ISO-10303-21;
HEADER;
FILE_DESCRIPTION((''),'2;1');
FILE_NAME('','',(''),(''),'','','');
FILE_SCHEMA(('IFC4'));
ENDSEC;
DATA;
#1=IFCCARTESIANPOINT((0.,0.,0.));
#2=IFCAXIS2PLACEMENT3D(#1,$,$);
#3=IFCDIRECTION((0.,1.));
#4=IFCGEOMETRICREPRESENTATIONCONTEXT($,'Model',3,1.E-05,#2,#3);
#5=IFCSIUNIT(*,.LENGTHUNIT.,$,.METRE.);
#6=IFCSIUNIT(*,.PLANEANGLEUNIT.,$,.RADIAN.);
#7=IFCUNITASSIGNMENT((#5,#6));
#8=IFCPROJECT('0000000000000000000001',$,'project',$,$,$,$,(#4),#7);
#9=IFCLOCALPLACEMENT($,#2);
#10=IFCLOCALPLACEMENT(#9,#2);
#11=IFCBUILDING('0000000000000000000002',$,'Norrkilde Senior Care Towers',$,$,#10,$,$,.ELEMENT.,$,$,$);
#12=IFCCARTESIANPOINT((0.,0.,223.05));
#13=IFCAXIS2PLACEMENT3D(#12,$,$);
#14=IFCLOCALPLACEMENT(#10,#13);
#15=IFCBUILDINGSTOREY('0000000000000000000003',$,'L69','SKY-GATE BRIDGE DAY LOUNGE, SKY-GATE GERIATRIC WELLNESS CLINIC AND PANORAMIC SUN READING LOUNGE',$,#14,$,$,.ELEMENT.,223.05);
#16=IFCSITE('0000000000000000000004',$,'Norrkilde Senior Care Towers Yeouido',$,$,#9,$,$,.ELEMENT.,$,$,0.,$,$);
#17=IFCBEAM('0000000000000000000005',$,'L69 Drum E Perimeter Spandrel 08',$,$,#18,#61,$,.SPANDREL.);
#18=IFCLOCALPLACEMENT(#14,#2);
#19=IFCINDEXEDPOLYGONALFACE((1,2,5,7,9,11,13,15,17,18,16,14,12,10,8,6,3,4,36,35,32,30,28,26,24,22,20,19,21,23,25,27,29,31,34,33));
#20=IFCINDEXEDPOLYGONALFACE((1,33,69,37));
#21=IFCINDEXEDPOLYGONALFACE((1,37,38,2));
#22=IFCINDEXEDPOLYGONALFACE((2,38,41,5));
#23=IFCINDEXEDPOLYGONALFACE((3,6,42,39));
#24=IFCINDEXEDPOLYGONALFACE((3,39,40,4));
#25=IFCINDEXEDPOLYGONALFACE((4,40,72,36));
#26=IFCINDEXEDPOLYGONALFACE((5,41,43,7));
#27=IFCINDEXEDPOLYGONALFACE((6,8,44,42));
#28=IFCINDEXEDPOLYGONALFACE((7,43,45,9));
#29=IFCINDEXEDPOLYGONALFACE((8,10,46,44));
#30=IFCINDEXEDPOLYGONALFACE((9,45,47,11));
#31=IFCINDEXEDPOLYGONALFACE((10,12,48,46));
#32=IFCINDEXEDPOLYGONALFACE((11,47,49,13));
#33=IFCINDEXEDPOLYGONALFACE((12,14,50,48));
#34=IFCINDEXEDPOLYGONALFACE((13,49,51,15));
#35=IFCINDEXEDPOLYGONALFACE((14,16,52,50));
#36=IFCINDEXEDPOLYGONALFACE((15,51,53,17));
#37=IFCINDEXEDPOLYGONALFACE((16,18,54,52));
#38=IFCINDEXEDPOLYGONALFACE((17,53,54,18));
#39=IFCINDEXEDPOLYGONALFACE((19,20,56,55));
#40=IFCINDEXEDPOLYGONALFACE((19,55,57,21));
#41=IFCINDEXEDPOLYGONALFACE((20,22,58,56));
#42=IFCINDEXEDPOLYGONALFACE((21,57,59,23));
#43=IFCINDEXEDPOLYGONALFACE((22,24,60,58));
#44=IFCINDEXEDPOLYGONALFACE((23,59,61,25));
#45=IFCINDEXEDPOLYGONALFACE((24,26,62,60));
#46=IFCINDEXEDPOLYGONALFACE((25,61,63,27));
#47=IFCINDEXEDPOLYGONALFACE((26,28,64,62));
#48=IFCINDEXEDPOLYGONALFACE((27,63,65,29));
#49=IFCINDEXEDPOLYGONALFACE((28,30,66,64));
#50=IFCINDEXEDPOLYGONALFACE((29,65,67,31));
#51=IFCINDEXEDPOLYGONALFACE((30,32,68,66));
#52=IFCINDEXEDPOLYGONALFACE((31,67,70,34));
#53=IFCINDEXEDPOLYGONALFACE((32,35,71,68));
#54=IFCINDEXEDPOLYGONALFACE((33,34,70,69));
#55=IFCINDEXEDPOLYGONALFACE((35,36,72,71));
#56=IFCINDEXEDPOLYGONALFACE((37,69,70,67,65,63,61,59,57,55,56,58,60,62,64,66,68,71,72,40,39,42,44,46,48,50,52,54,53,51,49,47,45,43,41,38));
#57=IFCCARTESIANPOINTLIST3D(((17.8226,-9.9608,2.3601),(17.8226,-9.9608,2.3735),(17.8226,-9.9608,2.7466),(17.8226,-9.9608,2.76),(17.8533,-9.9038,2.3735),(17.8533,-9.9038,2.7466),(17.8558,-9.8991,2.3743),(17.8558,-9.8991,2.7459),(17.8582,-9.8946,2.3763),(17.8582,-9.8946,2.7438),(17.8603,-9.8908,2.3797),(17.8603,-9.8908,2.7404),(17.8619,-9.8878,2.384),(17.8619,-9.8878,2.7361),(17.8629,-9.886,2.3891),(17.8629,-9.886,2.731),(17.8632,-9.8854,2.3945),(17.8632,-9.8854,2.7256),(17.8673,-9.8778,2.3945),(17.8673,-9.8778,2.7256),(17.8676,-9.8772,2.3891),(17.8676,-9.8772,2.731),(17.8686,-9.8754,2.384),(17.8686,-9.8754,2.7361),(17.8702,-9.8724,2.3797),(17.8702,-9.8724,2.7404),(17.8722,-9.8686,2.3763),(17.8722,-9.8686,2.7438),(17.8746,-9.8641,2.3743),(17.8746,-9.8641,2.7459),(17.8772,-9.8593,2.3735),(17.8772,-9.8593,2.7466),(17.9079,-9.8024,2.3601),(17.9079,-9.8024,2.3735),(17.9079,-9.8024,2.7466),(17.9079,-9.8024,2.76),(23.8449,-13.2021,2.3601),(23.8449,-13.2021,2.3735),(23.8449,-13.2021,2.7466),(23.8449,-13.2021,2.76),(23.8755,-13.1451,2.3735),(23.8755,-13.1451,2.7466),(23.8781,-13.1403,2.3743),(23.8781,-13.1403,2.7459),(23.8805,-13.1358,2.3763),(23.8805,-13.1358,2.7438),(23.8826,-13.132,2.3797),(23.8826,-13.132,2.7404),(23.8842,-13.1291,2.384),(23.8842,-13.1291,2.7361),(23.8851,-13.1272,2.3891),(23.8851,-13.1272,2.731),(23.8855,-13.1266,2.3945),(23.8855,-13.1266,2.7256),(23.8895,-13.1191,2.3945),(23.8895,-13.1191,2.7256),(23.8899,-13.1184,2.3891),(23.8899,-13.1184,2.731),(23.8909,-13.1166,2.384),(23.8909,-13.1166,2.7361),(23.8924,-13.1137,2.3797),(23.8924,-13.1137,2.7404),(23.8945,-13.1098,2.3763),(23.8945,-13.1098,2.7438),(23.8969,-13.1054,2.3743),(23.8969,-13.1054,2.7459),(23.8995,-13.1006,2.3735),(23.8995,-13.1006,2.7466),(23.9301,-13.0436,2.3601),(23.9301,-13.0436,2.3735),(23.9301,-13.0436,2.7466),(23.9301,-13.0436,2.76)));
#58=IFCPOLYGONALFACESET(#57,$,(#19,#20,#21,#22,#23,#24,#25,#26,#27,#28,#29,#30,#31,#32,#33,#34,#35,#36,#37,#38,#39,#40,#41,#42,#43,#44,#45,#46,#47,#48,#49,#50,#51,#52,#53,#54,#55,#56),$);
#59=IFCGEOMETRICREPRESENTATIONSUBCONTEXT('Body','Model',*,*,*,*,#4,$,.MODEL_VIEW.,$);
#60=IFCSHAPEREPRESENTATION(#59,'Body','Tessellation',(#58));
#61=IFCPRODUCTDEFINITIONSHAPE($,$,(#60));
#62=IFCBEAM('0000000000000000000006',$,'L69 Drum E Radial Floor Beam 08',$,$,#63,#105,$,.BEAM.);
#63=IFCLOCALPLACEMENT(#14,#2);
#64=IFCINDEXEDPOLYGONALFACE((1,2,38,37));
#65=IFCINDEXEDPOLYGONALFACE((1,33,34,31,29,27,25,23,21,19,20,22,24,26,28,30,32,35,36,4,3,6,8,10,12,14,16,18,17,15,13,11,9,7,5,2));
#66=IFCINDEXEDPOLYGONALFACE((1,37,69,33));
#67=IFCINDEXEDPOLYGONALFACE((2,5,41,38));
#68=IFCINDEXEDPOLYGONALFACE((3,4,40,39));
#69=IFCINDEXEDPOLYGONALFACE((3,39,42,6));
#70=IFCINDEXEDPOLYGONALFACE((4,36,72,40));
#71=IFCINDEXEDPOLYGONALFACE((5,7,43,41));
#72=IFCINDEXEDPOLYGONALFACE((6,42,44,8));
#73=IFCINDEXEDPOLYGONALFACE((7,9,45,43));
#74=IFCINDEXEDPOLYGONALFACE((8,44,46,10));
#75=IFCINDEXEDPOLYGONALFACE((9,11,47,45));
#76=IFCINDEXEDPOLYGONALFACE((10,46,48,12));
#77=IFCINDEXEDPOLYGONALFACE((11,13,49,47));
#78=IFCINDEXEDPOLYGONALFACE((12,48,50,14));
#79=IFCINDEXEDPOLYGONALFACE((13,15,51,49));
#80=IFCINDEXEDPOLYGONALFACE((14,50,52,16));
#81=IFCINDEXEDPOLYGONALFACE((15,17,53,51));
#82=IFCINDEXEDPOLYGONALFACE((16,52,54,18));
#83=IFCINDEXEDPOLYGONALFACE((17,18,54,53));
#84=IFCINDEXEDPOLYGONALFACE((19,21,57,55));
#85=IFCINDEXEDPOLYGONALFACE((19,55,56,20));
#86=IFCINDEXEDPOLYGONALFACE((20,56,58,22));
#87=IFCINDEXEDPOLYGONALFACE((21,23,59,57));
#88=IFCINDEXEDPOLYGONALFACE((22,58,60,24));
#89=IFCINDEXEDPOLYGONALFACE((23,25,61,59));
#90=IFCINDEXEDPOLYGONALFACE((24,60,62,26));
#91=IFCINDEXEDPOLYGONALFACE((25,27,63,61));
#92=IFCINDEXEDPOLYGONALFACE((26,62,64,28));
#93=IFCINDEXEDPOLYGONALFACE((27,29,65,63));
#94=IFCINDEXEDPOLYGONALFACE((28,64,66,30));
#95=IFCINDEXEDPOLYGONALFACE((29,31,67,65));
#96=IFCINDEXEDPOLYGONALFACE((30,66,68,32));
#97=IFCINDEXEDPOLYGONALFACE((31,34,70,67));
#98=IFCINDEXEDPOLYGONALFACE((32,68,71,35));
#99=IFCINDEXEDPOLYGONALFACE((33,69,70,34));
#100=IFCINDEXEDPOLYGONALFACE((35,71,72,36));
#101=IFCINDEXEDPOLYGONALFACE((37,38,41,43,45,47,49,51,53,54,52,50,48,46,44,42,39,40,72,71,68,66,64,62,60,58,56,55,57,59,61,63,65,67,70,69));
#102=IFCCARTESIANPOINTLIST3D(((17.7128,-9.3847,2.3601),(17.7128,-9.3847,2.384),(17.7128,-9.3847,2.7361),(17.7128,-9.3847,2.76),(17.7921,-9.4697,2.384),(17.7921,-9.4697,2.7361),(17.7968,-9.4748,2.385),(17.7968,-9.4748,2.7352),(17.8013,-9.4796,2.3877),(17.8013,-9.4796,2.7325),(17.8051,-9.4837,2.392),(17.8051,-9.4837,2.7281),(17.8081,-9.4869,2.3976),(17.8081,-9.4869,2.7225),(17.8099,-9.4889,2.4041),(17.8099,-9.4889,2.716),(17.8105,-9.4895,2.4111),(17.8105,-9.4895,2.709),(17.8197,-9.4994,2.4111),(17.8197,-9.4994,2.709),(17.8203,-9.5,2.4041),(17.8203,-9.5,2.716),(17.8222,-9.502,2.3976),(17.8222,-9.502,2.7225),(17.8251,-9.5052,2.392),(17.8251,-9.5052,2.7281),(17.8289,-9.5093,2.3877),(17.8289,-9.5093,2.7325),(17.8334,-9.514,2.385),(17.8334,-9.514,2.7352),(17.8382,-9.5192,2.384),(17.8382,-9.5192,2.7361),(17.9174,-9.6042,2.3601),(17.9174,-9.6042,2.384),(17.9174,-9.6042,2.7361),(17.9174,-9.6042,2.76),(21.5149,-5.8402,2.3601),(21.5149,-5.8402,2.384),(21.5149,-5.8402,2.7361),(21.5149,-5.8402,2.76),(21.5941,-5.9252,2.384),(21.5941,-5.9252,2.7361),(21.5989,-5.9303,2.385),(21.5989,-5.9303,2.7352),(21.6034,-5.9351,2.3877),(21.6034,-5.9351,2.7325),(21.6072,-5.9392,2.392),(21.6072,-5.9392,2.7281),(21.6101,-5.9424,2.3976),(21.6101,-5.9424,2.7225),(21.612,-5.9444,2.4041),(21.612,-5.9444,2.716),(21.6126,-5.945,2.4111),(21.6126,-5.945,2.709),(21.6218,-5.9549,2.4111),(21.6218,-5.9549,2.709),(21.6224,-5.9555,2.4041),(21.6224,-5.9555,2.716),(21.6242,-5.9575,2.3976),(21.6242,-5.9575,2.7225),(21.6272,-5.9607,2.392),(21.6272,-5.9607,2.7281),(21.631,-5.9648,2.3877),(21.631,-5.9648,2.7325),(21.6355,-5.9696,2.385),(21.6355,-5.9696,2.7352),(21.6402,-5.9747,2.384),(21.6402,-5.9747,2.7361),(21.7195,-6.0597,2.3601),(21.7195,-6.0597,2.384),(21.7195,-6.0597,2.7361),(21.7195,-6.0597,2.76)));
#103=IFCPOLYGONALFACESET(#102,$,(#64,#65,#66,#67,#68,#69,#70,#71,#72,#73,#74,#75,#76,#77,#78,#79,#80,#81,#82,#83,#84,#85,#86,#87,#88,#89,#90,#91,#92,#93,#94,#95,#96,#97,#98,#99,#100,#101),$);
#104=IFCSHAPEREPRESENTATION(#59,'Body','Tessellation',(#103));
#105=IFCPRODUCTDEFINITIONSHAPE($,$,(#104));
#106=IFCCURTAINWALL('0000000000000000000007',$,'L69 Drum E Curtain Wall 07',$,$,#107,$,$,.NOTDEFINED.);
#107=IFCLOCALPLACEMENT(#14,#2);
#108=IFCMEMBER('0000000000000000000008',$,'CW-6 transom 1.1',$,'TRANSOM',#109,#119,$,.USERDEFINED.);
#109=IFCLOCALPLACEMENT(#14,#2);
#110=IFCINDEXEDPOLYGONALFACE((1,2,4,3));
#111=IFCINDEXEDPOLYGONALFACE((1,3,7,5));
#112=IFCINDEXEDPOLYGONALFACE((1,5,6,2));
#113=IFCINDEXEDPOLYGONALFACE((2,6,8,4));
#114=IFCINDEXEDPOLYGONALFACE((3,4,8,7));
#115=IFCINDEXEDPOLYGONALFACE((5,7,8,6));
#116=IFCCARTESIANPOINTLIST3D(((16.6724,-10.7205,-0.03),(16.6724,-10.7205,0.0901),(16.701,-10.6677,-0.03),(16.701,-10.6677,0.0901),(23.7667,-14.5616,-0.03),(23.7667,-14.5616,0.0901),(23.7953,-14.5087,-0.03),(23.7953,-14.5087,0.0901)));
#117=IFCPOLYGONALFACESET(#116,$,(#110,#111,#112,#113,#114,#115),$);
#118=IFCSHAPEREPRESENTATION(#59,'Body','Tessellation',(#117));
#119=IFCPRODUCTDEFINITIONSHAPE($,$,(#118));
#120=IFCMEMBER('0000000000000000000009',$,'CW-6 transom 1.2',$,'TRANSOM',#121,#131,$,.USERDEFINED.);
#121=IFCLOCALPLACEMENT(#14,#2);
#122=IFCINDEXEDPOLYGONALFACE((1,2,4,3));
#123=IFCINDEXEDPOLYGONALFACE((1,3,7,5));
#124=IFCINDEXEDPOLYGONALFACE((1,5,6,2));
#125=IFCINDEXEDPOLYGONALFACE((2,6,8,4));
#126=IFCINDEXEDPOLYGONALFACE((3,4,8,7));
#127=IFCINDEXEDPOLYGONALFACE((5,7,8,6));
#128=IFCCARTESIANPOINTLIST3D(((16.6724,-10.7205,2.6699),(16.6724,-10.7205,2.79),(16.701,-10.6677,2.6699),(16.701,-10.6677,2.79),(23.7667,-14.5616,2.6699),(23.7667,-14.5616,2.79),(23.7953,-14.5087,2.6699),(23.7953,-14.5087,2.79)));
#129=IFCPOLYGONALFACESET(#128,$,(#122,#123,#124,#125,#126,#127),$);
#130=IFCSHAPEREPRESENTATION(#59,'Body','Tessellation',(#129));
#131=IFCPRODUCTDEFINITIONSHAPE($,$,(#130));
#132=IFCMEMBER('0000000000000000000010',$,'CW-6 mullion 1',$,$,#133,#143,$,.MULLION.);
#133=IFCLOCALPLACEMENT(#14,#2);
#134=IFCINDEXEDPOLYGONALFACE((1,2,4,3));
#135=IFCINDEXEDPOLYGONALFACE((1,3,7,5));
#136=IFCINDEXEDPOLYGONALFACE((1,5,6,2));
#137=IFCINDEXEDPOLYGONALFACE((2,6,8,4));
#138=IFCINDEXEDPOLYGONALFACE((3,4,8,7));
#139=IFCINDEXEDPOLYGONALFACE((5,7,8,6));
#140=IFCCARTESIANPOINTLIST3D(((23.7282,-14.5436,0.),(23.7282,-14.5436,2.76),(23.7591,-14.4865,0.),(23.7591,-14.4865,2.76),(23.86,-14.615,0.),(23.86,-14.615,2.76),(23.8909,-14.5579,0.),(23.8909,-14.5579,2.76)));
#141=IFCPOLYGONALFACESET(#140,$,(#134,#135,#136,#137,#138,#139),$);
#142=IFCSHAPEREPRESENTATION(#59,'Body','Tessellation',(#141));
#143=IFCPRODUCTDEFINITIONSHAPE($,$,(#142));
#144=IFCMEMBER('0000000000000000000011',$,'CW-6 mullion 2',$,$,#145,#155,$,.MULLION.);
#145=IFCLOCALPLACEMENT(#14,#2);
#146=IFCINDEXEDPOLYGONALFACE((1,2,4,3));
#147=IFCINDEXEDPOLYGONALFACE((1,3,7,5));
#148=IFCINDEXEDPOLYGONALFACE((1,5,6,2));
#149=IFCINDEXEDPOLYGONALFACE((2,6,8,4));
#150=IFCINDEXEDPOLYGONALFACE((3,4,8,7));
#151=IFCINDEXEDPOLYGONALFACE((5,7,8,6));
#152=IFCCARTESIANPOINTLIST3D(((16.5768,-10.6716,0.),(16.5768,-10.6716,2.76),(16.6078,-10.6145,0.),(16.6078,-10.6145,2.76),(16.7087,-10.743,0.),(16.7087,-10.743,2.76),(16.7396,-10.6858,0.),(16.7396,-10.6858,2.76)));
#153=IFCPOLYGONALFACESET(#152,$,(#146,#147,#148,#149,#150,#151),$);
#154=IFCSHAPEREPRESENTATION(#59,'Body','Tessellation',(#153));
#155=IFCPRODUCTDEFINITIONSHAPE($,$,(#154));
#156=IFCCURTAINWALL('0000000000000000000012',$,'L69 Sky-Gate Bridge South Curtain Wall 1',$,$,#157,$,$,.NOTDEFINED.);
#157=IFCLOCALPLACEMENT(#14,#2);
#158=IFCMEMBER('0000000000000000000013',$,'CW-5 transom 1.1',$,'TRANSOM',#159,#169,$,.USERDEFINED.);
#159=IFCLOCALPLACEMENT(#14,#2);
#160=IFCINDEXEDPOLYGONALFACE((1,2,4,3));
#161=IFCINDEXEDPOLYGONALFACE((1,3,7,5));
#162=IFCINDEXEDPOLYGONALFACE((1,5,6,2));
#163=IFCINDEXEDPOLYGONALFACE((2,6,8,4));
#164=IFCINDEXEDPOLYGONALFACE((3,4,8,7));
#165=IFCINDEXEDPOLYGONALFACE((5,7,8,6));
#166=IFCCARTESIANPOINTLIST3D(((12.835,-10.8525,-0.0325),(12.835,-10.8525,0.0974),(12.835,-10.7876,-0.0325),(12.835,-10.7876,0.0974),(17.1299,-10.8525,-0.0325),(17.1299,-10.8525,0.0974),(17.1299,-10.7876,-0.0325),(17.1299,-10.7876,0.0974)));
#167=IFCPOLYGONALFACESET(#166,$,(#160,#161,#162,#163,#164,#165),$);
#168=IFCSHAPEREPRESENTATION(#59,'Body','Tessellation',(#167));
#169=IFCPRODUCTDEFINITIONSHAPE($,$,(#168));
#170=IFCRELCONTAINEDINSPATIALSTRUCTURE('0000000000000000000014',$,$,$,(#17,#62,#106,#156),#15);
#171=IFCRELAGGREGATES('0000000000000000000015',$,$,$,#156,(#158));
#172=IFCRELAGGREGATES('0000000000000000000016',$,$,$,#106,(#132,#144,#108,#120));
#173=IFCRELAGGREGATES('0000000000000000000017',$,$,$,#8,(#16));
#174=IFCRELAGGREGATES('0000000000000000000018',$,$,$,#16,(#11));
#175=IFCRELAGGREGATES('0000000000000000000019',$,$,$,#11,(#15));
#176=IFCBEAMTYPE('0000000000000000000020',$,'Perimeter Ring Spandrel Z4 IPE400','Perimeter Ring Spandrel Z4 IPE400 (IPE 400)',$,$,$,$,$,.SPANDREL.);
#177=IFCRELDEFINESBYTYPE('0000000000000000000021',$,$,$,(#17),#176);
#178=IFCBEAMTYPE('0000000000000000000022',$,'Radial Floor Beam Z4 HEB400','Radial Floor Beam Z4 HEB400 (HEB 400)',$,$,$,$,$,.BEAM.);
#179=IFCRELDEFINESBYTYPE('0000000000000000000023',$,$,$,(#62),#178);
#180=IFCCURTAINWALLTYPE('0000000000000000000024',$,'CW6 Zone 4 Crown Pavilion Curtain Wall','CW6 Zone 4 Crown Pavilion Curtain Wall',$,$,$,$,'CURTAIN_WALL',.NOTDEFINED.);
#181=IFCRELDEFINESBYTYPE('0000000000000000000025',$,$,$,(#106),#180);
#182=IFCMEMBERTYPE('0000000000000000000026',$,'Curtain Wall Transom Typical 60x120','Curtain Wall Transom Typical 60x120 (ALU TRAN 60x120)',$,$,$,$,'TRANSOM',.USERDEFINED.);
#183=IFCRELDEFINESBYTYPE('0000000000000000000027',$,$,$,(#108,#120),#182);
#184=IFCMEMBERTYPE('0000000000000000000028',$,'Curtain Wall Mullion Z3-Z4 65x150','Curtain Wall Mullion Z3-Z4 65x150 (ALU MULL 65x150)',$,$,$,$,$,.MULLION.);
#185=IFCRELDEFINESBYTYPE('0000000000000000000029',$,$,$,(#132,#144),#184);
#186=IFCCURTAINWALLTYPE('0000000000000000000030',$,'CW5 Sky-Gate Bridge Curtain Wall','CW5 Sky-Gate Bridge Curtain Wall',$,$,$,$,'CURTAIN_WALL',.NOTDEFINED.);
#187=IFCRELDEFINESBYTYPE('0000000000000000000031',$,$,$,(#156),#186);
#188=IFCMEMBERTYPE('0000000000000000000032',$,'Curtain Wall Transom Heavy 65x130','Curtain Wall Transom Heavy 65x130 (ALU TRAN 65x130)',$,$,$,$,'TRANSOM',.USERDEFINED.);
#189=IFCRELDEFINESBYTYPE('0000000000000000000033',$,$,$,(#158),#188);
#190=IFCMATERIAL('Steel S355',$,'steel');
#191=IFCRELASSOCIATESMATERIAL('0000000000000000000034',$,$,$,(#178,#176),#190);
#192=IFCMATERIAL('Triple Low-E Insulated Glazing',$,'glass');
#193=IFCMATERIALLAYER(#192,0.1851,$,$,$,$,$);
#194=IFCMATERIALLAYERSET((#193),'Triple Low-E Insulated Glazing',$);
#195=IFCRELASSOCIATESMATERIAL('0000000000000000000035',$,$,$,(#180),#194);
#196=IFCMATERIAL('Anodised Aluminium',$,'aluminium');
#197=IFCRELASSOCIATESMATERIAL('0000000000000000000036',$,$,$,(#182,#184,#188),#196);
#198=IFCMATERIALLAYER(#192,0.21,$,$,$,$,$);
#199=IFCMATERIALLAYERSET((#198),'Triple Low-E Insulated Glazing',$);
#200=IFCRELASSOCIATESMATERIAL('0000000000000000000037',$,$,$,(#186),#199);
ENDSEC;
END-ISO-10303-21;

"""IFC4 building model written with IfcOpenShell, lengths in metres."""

from ifc_helpers import new_model, si_unit, direction, frame, origin, origin_2d, place, context, subcontext, project, spatial, rectangle, i_section, extrude, source, transform, mapped, material, layer, layer_set, material_profile, profile_set, type_object, type_shapes, element, aggregate, save


model = new_model("IFC4")

# Units and contexts
model_context = context("Model", 3, precision=1e-05, world=origin(), true_north=direction((0.0, 1.0)))
body_context = subcontext(model_context, "Body", "Model", "MODEL_VIEW")
ifc_project = project(units=[si_unit("LENGTHUNIT", "METRE"), si_unit("PLANEANGLEUNIT", "RADIAN")], contexts=[model_context])

# Site, building, storey
site_placement = place(None, origin())
site = spatial("IfcSite", under=ifc_project, at=site_placement, Name="Norrkilde Senior Care Towers Yeouido", CompositionType="ELEMENT", RefElevation=0.0)
building_placement = place(site_placement, origin())
building = spatial("IfcBuilding", under=site, at=building_placement, Name="Norrkilde Senior Care Towers", CompositionType="ELEMENT")
storey_placement = place(building_placement, frame((0.0, 0.0, 223.05)))
storey = spatial("IfcBuildingStorey", under=building, at=storey_placement, Name="L69", Description="SKY-GATE BRIDGE DAY LOUNGE, SKY-GATE GERIATRIC WELLNESS CLINIC AND PANORAMIC SUN READING LOUNGE", CompositionType="ELEMENT", Elevation=223.05)

# Beams
ifc_material_1 = material(Name="Steel S355", Category="steel")
ifc_material_profile_1 = material_profile(ifc_material_1, i_section(OverallWidth=0.3, OverallDepth=0.3999, WebThickness=0.0134, FlangeThickness=0.0239, FilletRadius=0.0271, at=origin_2d()), Name="HEB 400")
ifc_profile_set_1 = profile_set([ifc_material_profile_1], Name="Steel S355")
beam_type_1 = type_object("IfcBeamType", Name="Radial Floor Beam Z4 HEB400", Description="Radial Floor Beam Z4 HEB400 (HEB 400)", PredefinedType="BEAM", material=ifc_profile_set_1)
ifc_material_profile_2 = material_profile(ifc_material_1, i_section(OverallWidth=0.1799, OverallDepth=0.3999, WebThickness=0.0085, FlangeThickness=0.0134, FilletRadius=0.021, at=origin_2d()), Name="IPE 400")
ifc_profile_set_2 = profile_set([ifc_material_profile_2], Name="Steel S355")
beam_type_2 = type_object("IfcBeamType", Name="Perimeter Ring Spandrel Z4 IPE400", Description="Perimeter Ring Spandrel Z4 IPE400 (IPE 400)", PredefinedType="SPANDREL", material=ifc_profile_set_2)
shared_shape_1 = source(origin(), body_context, "Body", "SweptSolid", [
    extrude(i_section(OverallWidth=0.1799, OverallDepth=0.3999, WebThickness=0.0085, FlangeThickness=0.0134, FilletRadius=0.021, at=origin_2d()), origin(), (0.0, 0.0, 1.0), 6.8391),
])
type_shapes(beam_type_2, [shared_shape_1])
beam_1_placement = place(storey_placement, frame((17.8652, -9.8816, 2.5601), z_axis=(0.880564, -0.473927, 0.0), x_axis=(0.473927, 0.880564, 0.0)))
element("IfcBeam", 1, at=beam_1_placement, inside=storey, type_object=beam_type_2, Name="L69 Drum E Perimeter Spandrel 08", PredefinedType="SPANDREL", context=body_context, shape_type="MappedRepresentation", body=[
    mapped(shared_shape_1, transform((0.0, 0.0, 0.0), x_axis=(1.0, 0.0, 0.0), y_axis=(0.0, 1.0, 0.0), z_axis=(0.0, 0.0, 1.0), scale=1.0)),
])
shared_shape_2 = source(origin(), body_context, "Body", "SweptSolid", [
    extrude(i_section(OverallWidth=0.3, OverallDepth=0.3999, WebThickness=0.0134, FlangeThickness=0.0239, FilletRadius=0.0271, at=origin_2d()), origin(), (0.0, 0.0, 1.0), 5.198),
])
beam_2_placement = place(storey_placement, frame((21.6172, -5.95, 2.5601), z_axis=(-0.731449, -0.681896, 0.0), x_axis=(0.681896, -0.731449, 0.0)))
element("IfcBeam", 2, at=beam_2_placement, inside=storey, type_object=beam_type_1, Name="L69 Drum E Radial Floor Beam 08", PredefinedType="BEAM", context=body_context, shape_type="MappedRepresentation", body=[
    mapped(shared_shape_2, transform((0.0, 0.0, 0.0), x_axis=(1.0, 0.0, 0.0), y_axis=(0.0, 1.0, 0.0), z_axis=(0.0, 0.0, 1.0), scale=1.0)),
])

# Curtain walls, members
ifc_material_2 = material(Name="Triple Low-E Insulated Glazing", Category="glass")
ifc_layer_1 = layer(ifc_material_2, 0.1851)
ifc_layer_set_1 = layer_set([ifc_layer_1], Name="Triple Low-E Insulated Glazing")
curtain_wall_type_1 = type_object("IfcCurtainWallType", Name="CW6 Zone 4 Crown Pavilion Curtain Wall", Description="CW6 Zone 4 Crown Pavilion Curtain Wall", ElementType="CURTAIN_WALL", PredefinedType="NOTDEFINED", material=ifc_layer_set_1)
curtain_wall_1_placement = place(storey_placement, origin())
curtain_wall_1 = element("IfcCurtainWall", 3, at=curtain_wall_1_placement, inside=storey, type_object=curtain_wall_type_1, Name="L69 Drum E Curtain Wall 07", PredefinedType="NOTDEFINED")
ifc_material_3 = material(Name="Anodised Aluminium", Category="aluminium")
ifc_material_profile_3 = material_profile(ifc_material_3, rectangle(XDim=0.0601, YDim=0.1201, at=origin_2d()), Name="ALU TRAN 60x120")
ifc_profile_set_3 = profile_set([ifc_material_profile_3], Name="Anodised Aluminium")
member_type_1 = type_object("IfcMemberType", Name="Curtain Wall Transom Typical 60x120", Description="Curtain Wall Transom Typical 60x120 (ALU TRAN 60x120)", ElementType="TRANSOM", PredefinedType="USERDEFINED", material=ifc_profile_set_3)
shared_shape_3 = source(origin(), body_context, "Body", "SweptSolid", [
    extrude(rectangle(XDim=0.0601, YDim=0.1201, at=origin_2d()), origin(), (0.0, 0.0, 1.0), 8.0674),
])
type_shapes(member_type_1, [shared_shape_3])
member_1_placement = place(storey_placement, frame((23.781, -14.5352, 0.03), z_axis=(-0.879378, 0.476125, 0.0), x_axis=(-0.476125, -0.879378, 0.0)))
member_1 = element("IfcMember", 4, at=member_1_placement, type_object=member_type_1, Name="CW-6 transom 1.1", ObjectType="TRANSOM", PredefinedType="USERDEFINED", context=body_context, shape_type="MappedRepresentation", body=[
    mapped(shared_shape_3, transform((0.0, 0.0, 0.0), x_axis=(1.0, 0.0, 0.0), y_axis=(0.0, 1.0, 0.0), z_axis=(0.0, 0.0, 1.0), scale=1.0)),
])
member_2_placement = place(storey_placement, frame((23.781, -14.5352, 2.73), z_axis=(-0.879378, 0.476125, 0.0), x_axis=(-0.476125, -0.879378, 0.0)))
member_2 = element("IfcMember", 5, at=member_2_placement, type_object=member_type_1, Name="CW-6 transom 1.2", ObjectType="TRANSOM", PredefinedType="USERDEFINED", context=body_context, shape_type="MappedRepresentation", body=[
    mapped(shared_shape_3, transform((0.0, 0.0, 0.0), x_axis=(1.0, 0.0, 0.0), y_axis=(0.0, 1.0, 0.0), z_axis=(0.0, 0.0, 1.0), scale=1.0)),
])
ifc_material_profile_4 = material_profile(ifc_material_3, rectangle(XDim=0.0649, YDim=0.1499, at=origin_2d()), Name="ALU MULL 65x150")
ifc_profile_set_4 = profile_set([ifc_material_profile_4], Name="Anodised Aluminium")
member_type_2 = type_object("IfcMemberType", Name="Curtain Wall Mullion Z3-Z4 65x150", Description="Curtain Wall Mullion Z3-Z4 65x150 (ALU MULL 65x150)", PredefinedType="MULLION", material=ifc_profile_set_4)
shared_shape_4 = source(origin(), body_context, "Body", "SweptSolid", [
    extrude(rectangle(XDim=0.0649, YDim=0.1499, at=origin_2d()), origin(), (0.0, 0.0, 1.0), 2.76),
])
type_shapes(member_type_2, [shared_shape_4])
member_3_placement = place(storey_placement, frame((23.8096, -14.5508, 0.0), z_axis=(0.0, 0.0, 1.0), x_axis=(-0.476133, -0.879373, 0.0)))
member_3 = element("IfcMember", 6, at=member_3_placement, type_object=member_type_2, Name="CW-6 mullion 1", PredefinedType="MULLION", context=body_context, shape_type="MappedRepresentation", body=[
    mapped(shared_shape_4, transform((0.0, 0.0, 0.0), x_axis=(1.0, 0.0, 0.0), y_axis=(0.0, 1.0, 0.0), z_axis=(0.0, 0.0, 1.0), scale=1.0)),
])
member_4_placement = place(storey_placement, frame((16.6582, -10.6787, 0.0), z_axis=(0.0, 0.0, 1.0), x_axis=(-0.476133, -0.879373, 0.0)))
member_4 = element("IfcMember", 7, at=member_4_placement, type_object=member_type_2, Name="CW-6 mullion 2", PredefinedType="MULLION", context=body_context, shape_type="MappedRepresentation", body=[
    mapped(shared_shape_4, transform((0.0, 0.0, 0.0), x_axis=(1.0, 0.0, 0.0), y_axis=(0.0, 1.0, 0.0), z_axis=(0.0, 0.0, 1.0), scale=1.0)),
])
ifc_layer_2 = layer(ifc_material_2, 0.21)
ifc_layer_set_2 = layer_set([ifc_layer_2], Name="Triple Low-E Insulated Glazing")
curtain_wall_type_2 = type_object("IfcCurtainWallType", Name="CW5 Sky-Gate Bridge Curtain Wall", Description="CW5 Sky-Gate Bridge Curtain Wall", ElementType="CURTAIN_WALL", PredefinedType="NOTDEFINED", material=ifc_layer_set_2)
curtain_wall_2_placement = place(storey_placement, origin())
curtain_wall_2 = element("IfcCurtainWall", 8, at=curtain_wall_2_placement, inside=storey, type_object=curtain_wall_type_2, Name="L69 Sky-Gate Bridge South Curtain Wall 1", PredefinedType="NOTDEFINED")
ifc_material_profile_5 = material_profile(ifc_material_3, rectangle(XDim=0.0649, YDim=0.1299, at=origin_2d()), Name="ALU TRAN 65x130")
ifc_profile_set_5 = profile_set([ifc_material_profile_5], Name="Anodised Aluminium")
member_type_3 = type_object("IfcMemberType", Name="Curtain Wall Transom Heavy 65x130", Description="Curtain Wall Transom Heavy 65x130 (ALU TRAN 65x130)", ElementType="TRANSOM", PredefinedType="USERDEFINED", material=ifc_profile_set_5)
shared_shape_5 = source(origin(), body_context, "Body", "SweptSolid", [
    extrude(rectangle(XDim=0.0649, YDim=0.1299, at=origin_2d()), origin(), (0.0, 0.0, 1.0), 4.2949),
])
type_shapes(member_type_3, [shared_shape_5])
member_5_placement = place(storey_placement, frame((17.1299, -10.8201, 0.0325), z_axis=(-1.0, 0.0, 0.0), x_axis=(0.0, -1.0, 0.0)))
member_5 = element("IfcMember", 9, at=member_5_placement, type_object=member_type_3, Name="CW-5 transom 1.1", ObjectType="TRANSOM", PredefinedType="USERDEFINED", context=body_context, shape_type="MappedRepresentation", body=[
    mapped(shared_shape_5, transform((0.0, 0.0, 0.0), x_axis=(1.0, 0.0, 0.0), y_axis=(0.0, 1.0, 0.0), z_axis=(0.0, 0.0, 1.0), scale=1.0)),
])
aggregate(curtain_wall_2, [member_5])

aggregate(curtain_wall_1, [member_3, member_4, member_1, member_2])

save(model, "model.ifc")
